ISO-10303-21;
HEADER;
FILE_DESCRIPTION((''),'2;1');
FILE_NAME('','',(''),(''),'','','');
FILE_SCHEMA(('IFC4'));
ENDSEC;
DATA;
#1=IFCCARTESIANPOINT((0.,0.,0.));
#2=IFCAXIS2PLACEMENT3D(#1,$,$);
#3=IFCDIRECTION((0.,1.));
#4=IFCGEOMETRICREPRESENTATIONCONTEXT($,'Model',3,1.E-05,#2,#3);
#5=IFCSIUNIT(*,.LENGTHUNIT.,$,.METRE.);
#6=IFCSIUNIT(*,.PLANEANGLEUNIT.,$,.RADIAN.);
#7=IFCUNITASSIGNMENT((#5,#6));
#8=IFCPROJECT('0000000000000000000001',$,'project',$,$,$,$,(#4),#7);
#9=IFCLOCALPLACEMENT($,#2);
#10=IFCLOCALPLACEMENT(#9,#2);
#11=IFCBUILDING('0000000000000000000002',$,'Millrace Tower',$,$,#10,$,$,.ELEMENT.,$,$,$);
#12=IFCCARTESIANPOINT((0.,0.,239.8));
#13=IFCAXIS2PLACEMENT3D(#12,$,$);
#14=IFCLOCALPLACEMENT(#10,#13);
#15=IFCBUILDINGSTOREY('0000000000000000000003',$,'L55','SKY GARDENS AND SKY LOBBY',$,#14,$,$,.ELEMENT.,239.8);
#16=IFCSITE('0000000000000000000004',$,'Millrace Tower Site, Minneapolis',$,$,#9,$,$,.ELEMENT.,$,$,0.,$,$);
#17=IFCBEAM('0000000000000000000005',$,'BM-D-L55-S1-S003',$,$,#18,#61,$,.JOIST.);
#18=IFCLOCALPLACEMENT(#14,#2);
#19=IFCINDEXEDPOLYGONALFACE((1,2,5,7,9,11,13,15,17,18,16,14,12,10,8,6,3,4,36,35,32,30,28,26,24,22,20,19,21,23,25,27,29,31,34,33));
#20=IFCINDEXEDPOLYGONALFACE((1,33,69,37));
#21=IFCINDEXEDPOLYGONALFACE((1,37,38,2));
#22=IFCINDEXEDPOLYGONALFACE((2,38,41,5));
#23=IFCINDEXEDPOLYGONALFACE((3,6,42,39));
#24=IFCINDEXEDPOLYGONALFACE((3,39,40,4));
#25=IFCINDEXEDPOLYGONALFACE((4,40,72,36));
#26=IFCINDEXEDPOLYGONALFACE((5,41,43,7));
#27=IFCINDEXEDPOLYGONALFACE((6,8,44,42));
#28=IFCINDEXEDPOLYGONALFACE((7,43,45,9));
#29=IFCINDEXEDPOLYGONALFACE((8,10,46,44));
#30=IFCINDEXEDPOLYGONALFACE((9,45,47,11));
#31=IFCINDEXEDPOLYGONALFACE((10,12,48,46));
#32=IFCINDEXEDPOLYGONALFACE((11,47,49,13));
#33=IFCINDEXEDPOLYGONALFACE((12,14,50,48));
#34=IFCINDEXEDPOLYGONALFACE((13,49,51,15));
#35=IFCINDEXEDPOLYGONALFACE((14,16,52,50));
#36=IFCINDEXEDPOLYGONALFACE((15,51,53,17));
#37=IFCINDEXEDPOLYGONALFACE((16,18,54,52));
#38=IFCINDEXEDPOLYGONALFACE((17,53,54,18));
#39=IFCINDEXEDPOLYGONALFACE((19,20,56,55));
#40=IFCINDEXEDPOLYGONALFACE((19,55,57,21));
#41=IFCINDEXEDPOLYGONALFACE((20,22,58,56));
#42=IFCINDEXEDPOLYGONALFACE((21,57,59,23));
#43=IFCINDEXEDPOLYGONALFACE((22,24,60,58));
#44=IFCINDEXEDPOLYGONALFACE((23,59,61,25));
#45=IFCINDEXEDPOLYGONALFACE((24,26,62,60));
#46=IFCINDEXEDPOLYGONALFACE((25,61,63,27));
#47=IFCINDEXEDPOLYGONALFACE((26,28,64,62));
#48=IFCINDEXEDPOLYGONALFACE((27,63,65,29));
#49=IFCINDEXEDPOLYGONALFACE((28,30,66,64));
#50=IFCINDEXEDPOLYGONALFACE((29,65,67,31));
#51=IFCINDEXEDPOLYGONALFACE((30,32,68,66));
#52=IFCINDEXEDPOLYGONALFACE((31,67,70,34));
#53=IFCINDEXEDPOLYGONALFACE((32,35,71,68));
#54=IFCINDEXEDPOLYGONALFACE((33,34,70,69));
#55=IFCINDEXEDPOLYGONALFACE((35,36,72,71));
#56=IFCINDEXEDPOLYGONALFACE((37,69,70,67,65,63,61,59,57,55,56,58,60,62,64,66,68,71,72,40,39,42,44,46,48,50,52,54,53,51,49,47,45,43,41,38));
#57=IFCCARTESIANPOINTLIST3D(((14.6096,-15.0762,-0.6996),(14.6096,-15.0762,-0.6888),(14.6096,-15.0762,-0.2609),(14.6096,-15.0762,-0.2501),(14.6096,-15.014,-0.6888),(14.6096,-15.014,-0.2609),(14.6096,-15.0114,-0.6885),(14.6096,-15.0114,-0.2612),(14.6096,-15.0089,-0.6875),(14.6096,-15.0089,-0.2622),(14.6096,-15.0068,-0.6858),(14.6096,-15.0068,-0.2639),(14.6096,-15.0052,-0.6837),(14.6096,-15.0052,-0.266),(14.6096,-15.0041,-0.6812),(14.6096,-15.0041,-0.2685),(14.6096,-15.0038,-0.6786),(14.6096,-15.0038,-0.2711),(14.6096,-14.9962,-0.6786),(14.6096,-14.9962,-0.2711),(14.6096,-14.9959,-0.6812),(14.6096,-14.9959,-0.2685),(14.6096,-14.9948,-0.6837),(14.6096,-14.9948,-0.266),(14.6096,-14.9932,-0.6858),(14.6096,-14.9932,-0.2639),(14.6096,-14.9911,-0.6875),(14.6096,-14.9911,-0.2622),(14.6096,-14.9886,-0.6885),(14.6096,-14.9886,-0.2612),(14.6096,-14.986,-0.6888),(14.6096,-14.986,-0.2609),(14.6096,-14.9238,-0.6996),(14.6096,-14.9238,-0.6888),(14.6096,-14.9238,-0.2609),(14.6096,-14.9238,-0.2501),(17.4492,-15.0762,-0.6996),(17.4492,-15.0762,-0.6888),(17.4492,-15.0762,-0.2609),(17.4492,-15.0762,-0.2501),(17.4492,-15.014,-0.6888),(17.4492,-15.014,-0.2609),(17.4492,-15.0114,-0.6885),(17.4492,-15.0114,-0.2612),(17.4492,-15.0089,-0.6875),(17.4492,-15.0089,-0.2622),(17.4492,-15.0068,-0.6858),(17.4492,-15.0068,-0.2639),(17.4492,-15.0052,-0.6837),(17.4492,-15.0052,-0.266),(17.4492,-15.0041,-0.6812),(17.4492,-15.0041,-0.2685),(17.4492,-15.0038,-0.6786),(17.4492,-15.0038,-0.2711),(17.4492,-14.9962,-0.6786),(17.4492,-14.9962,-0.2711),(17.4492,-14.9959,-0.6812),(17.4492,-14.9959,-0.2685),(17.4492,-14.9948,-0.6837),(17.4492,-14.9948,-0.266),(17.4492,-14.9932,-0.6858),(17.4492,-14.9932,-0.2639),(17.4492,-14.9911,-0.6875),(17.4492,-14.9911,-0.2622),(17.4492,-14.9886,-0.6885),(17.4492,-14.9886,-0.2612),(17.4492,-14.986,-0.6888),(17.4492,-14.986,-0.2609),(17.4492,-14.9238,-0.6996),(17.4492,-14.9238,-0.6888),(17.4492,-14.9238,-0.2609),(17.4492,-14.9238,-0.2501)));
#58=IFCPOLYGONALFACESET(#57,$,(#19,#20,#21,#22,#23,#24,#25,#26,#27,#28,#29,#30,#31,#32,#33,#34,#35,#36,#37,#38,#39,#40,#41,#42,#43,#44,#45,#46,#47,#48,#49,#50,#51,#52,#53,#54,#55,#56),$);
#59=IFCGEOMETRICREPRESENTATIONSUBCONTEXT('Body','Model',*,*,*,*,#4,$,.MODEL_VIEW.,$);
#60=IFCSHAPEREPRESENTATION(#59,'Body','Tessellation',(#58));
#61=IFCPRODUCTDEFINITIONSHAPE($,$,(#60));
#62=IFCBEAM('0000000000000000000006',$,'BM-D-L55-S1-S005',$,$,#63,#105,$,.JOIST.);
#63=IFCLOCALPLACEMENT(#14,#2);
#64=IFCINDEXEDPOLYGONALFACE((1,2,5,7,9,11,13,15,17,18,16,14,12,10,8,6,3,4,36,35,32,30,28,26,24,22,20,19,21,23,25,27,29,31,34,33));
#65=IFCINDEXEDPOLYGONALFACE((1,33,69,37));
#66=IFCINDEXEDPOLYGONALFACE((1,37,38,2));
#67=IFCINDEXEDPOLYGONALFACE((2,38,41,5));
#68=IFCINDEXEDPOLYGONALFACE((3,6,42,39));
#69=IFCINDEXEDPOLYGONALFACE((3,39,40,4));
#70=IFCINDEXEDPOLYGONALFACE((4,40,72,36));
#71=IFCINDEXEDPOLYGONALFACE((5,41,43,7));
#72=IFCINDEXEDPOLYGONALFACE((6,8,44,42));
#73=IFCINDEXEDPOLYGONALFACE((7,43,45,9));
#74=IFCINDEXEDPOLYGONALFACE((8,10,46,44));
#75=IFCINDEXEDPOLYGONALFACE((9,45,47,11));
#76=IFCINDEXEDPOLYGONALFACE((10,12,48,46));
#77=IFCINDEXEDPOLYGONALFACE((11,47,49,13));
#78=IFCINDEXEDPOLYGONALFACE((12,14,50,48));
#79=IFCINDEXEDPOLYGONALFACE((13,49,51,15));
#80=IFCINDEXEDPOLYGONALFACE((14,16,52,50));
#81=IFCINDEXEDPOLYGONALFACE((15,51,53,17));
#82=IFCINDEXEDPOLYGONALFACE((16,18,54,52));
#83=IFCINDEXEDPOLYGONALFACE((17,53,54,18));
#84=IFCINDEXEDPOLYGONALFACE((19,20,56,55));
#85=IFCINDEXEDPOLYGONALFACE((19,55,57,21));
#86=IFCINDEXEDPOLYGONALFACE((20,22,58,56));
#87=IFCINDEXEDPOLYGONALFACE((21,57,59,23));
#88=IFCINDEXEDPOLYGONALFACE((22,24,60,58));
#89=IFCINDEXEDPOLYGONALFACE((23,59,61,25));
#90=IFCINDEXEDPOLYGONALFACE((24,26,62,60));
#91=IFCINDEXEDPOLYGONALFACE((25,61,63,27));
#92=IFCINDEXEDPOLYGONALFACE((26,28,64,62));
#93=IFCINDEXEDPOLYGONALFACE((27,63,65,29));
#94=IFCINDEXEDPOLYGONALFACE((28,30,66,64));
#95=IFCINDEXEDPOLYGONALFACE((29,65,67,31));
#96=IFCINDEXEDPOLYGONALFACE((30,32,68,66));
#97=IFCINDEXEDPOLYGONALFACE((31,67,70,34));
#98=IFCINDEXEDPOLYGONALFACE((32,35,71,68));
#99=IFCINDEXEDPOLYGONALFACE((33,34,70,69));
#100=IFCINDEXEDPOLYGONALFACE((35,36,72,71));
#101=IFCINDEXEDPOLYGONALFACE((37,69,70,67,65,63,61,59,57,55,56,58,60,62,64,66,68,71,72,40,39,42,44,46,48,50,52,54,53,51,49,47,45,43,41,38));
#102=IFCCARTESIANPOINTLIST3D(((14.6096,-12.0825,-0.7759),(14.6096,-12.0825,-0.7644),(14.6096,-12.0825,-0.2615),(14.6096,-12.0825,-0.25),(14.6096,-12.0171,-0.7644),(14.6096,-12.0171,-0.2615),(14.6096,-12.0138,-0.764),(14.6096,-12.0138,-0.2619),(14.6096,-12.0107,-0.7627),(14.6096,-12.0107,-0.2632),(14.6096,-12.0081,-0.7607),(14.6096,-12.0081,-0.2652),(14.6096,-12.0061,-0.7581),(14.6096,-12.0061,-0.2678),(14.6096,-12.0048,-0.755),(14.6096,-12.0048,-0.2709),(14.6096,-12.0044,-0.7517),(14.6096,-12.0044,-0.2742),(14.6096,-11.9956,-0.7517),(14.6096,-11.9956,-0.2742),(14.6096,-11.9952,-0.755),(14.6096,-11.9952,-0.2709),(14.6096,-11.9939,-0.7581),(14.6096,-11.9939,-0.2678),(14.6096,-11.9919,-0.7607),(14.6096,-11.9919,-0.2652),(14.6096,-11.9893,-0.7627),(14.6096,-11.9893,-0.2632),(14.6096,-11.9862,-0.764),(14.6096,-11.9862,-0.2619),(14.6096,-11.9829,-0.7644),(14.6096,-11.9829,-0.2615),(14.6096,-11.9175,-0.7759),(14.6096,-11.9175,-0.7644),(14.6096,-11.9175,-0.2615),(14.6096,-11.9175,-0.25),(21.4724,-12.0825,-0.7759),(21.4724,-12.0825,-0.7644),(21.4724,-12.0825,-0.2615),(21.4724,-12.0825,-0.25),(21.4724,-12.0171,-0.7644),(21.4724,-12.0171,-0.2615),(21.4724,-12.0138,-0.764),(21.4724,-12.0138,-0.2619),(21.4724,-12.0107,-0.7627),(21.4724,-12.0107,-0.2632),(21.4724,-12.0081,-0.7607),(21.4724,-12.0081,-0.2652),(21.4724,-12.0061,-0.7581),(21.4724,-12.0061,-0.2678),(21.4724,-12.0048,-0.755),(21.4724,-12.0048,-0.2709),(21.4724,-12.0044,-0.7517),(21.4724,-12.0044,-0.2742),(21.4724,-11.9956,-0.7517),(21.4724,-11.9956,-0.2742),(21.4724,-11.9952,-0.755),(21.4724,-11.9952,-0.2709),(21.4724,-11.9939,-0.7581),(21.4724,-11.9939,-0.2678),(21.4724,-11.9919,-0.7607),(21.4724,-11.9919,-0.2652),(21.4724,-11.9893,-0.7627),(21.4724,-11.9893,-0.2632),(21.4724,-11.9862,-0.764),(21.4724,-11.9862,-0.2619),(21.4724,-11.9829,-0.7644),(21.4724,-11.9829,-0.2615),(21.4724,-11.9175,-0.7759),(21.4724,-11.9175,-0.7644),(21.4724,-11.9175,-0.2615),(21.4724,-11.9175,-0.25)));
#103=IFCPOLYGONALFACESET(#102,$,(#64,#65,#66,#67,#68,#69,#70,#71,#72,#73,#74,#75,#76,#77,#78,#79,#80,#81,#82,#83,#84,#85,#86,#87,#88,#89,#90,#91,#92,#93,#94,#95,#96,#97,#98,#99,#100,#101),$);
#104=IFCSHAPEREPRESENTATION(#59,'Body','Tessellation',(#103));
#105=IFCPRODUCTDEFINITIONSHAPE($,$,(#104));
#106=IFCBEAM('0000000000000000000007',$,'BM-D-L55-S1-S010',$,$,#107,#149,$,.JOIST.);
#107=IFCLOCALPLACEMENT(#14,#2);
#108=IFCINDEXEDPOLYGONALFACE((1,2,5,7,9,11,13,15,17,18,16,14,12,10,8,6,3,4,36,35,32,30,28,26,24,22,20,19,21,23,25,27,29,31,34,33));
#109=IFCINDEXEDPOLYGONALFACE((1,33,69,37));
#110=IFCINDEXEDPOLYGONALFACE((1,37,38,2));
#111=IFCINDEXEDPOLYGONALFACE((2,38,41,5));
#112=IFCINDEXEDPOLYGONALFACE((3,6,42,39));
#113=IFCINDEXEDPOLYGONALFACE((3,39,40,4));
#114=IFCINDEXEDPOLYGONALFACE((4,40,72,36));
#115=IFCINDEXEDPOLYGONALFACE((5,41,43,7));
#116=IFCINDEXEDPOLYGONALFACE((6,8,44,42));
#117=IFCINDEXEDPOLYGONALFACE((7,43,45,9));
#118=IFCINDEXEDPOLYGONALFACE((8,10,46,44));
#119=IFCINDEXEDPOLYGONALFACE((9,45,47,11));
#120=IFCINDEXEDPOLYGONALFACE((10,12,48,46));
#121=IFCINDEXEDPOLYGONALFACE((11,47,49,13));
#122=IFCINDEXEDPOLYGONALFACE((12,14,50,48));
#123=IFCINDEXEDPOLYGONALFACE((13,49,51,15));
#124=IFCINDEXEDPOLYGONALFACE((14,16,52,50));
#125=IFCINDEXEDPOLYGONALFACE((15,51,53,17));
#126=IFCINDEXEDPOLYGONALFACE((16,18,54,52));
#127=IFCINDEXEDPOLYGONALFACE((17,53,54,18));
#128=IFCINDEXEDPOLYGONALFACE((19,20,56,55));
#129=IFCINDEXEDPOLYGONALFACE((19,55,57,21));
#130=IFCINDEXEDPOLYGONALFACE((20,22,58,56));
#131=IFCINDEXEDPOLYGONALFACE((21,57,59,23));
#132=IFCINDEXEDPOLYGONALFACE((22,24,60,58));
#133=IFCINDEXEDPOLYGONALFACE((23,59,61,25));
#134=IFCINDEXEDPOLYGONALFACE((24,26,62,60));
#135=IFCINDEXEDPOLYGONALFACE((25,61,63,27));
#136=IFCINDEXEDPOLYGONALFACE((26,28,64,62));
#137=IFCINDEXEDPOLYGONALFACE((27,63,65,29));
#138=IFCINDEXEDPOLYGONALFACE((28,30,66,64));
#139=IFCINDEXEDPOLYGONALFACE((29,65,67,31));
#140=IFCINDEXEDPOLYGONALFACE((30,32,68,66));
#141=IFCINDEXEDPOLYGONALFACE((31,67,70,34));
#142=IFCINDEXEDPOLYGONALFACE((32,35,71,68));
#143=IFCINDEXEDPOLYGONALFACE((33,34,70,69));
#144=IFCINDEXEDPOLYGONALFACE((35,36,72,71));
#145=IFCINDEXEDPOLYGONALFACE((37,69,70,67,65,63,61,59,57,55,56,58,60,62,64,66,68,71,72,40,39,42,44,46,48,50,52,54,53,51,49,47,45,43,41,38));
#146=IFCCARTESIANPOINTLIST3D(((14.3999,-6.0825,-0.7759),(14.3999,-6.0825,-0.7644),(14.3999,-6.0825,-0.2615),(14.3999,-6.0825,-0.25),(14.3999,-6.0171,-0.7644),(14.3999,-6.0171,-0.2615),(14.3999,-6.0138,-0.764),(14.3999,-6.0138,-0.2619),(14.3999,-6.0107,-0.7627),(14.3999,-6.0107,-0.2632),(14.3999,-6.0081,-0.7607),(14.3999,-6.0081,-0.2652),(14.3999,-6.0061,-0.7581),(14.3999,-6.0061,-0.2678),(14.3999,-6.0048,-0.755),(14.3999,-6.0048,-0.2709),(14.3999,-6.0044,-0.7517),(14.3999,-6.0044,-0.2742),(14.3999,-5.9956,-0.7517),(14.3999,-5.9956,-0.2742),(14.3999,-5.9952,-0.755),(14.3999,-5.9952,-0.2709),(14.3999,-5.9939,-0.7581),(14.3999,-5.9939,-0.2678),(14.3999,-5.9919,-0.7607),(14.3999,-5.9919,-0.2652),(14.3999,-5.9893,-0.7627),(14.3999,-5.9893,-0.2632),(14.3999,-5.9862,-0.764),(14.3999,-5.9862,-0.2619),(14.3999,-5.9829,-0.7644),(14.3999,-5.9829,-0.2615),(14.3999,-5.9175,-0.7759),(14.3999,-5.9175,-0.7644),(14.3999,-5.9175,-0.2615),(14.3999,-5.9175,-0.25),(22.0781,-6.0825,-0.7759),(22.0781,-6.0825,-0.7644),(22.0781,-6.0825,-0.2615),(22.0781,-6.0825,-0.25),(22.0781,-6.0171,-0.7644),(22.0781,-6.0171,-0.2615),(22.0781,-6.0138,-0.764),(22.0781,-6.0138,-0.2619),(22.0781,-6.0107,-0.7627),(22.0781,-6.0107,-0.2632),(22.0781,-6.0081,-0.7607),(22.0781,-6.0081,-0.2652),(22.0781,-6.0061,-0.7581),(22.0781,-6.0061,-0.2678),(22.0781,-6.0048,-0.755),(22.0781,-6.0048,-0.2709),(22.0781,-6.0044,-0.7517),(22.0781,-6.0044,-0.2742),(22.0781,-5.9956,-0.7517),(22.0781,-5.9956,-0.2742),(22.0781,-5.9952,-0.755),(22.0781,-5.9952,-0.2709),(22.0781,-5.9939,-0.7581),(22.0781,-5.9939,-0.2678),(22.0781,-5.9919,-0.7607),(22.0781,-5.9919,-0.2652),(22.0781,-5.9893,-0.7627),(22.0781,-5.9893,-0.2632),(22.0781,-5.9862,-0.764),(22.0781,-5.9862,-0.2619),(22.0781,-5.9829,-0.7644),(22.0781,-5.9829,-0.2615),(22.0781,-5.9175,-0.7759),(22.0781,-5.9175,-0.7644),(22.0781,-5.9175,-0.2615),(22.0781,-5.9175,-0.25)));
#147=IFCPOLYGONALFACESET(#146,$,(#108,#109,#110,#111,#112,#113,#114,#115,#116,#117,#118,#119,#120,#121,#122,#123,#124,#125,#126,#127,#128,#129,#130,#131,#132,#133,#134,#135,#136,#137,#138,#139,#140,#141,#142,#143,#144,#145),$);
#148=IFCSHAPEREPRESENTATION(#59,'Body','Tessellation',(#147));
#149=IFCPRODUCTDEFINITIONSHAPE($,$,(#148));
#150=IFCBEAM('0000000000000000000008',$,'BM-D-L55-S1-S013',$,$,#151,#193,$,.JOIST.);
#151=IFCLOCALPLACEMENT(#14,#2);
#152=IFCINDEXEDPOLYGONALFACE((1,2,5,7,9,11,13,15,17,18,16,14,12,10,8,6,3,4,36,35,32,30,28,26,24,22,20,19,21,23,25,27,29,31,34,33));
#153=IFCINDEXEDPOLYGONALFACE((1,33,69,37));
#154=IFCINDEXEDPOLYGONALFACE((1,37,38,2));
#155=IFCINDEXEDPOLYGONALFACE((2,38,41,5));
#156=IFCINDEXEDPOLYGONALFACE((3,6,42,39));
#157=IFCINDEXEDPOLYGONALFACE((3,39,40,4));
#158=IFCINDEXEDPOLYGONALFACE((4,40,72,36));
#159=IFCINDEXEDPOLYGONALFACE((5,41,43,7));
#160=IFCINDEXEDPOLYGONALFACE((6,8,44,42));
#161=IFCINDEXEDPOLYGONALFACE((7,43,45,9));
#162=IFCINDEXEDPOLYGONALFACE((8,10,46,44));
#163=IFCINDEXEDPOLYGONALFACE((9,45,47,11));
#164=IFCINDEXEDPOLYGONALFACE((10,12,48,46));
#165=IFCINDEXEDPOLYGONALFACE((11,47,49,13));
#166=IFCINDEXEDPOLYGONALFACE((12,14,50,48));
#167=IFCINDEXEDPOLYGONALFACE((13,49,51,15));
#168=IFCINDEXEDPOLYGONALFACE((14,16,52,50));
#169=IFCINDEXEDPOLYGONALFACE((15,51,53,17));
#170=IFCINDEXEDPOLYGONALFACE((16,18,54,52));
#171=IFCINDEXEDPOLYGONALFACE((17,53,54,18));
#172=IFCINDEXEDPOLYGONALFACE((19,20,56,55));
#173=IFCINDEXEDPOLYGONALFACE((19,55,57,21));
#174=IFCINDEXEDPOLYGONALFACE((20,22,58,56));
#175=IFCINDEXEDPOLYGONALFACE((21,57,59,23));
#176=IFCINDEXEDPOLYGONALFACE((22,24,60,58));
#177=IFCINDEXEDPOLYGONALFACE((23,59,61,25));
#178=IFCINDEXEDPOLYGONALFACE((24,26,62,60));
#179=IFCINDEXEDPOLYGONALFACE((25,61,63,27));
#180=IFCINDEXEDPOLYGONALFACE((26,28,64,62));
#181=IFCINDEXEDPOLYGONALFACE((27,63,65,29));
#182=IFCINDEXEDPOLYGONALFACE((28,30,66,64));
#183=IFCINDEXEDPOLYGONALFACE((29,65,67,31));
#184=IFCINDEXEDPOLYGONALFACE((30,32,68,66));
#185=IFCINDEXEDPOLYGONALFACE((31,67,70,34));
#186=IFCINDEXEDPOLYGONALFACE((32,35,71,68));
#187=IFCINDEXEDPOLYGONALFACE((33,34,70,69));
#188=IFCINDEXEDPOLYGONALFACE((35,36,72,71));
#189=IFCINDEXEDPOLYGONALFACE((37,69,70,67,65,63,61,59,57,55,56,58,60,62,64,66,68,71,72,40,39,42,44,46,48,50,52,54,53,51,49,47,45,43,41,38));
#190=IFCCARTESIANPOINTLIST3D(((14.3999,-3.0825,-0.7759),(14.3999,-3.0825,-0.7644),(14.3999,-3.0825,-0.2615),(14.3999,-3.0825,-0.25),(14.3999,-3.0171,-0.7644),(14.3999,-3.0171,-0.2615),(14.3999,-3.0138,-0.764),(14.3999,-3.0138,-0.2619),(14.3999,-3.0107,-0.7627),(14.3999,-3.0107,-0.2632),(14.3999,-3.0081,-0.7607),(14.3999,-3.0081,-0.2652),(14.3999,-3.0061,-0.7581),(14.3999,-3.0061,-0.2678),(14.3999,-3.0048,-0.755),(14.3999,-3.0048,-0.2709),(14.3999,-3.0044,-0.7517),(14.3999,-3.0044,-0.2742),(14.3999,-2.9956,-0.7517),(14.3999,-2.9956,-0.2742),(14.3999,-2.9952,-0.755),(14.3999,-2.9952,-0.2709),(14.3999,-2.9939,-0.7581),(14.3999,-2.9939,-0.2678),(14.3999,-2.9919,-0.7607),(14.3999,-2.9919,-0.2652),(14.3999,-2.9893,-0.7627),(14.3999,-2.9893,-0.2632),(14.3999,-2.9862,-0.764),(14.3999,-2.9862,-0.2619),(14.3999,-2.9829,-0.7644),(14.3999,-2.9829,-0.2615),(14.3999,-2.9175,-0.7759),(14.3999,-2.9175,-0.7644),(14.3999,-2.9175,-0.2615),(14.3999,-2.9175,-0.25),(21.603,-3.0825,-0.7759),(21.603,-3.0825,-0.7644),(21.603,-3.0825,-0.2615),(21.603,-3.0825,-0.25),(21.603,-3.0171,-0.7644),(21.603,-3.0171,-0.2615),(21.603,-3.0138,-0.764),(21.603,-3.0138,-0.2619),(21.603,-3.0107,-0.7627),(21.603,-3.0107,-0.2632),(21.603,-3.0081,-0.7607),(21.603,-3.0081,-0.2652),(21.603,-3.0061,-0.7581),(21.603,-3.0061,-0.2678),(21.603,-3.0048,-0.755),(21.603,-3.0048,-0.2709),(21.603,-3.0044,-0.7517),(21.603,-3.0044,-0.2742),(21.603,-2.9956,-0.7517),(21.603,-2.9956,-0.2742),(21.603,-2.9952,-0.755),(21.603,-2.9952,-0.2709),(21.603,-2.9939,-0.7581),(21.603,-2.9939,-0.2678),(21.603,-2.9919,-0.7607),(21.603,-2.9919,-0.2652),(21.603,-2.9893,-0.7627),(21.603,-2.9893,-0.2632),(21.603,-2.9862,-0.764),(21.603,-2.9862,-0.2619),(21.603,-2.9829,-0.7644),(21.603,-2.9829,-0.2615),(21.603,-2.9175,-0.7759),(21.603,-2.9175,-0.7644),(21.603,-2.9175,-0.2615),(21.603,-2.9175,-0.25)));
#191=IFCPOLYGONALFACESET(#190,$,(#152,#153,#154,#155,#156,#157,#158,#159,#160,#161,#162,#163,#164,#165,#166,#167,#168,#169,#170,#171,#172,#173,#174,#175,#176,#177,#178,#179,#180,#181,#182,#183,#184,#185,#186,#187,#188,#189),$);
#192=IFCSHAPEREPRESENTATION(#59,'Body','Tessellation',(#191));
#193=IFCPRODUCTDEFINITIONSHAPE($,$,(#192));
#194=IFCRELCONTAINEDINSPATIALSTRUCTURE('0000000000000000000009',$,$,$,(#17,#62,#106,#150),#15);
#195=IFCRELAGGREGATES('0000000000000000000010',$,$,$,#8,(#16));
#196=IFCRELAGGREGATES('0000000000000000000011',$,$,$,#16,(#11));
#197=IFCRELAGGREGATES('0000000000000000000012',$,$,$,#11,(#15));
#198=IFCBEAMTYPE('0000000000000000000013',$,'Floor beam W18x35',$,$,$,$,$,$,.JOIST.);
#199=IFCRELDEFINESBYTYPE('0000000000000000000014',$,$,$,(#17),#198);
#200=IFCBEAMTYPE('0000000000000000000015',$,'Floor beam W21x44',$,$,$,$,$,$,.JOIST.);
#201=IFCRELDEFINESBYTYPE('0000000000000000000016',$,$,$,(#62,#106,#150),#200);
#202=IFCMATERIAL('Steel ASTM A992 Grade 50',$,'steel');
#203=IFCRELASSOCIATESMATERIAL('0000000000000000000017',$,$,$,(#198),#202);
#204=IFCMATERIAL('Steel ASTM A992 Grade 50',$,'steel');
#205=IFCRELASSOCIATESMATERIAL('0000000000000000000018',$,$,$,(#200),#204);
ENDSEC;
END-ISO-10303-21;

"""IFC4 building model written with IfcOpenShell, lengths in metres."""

from ifc_helpers import new_model, si_unit, direction, frame, origin, origin_2d, place, context, subcontext, project, spatial, i_section, extrude, material, material_profile, profile_set, type_object, element, save


model = new_model("IFC4")

# Units and contexts
model_context = context("Model", 3, precision=1e-05, world=origin(), true_north=direction((0.0, 1.0)))
body_context = subcontext(model_context, "Body", "Model", "MODEL_VIEW")
ifc_project = project(units=[si_unit("LENGTHUNIT", "METRE"), si_unit("PLANEANGLEUNIT", "RADIAN")], contexts=[model_context])

# Site, building, storey
site_placement = place(None, origin())
site = spatial("IfcSite", under=ifc_project, at=site_placement, Name="Millrace Tower Site, Minneapolis", CompositionType="ELEMENT", RefElevation=0.0)
building_placement = place(site_placement, origin())
building = spatial("IfcBuilding", under=site, at=building_placement, Name="Millrace Tower", CompositionType="ELEMENT")
storey_placement = place(building_placement, frame((0.0, 0.0, 239.8)))
storey = spatial("IfcBuildingStorey", under=building, at=storey_placement, Name="L55", Description="SKY GARDENS AND SKY LOBBY", CompositionType="ELEMENT", Elevation=239.8)

# Beams
ifc_material_1 = material(Name="Steel ASTM A992 Grade 50", Category="steel")
ifc_material_profile_1 = material_profile(ifc_material_1, i_section(OverallWidth=0.1523, OverallDepth=0.4495, WebThickness=0.0076, FlangeThickness=0.0107, FilletRadius=0.0103, at=origin_2d()))
ifc_profile_set_1 = profile_set([ifc_material_profile_1], Name="Steel ASTM A992 Grade 50")
beam_type_1 = type_object("IfcBeamType", Name="Floor beam W18x35", PredefinedType="JOIST", material=ifc_profile_set_1)
beam_1_placement = place(storey_placement, frame((14.6096, -15.0, -0.4749), z_axis=(1.0, 0.0, 0.0), x_axis=(0.0, 1.0, 0.0)))
element("IfcBeam", 1, at=beam_1_placement, inside=storey, type_object=beam_type_1, Name="BM-D-L55-S1-S003", PredefinedType="JOIST", context=body_context, shape_type="SweptSolid", body=[
    extrude(i_section(OverallWidth=0.1523, OverallDepth=0.4495, WebThickness=0.0076, FlangeThickness=0.0107, FilletRadius=0.0103, at=origin_2d()), origin(), (0.0, 0.0, 1.0), 2.8396),
])
ifc_material_2 = material(Name="Steel ASTM A992 Grade 50", Category="steel")
ifc_material_profile_2 = material_profile(ifc_material_2, i_section(OverallWidth=0.165, OverallDepth=0.5259, WebThickness=0.0088, FlangeThickness=0.0115, FilletRadius=0.0127, at=origin_2d()))
ifc_profile_set_2 = profile_set([ifc_material_profile_2], Name="Steel ASTM A992 Grade 50")
beam_type_2 = type_object("IfcBeamType", Name="Floor beam W21x44", PredefinedType="JOIST", material=ifc_profile_set_2)
beam_2_placement = place(storey_placement, frame((14.6096, -12.0, -0.5129), z_axis=(1.0, 0.0, 0.0), x_axis=(0.0, 1.0, 0.0)))
element("IfcBeam", 2, at=beam_2_placement, inside=storey, type_object=beam_type_2, Name="BM-D-L55-S1-S005", PredefinedType="JOIST", context=body_context, shape_type="SweptSolid", body=[
    extrude(i_section(OverallWidth=0.165, OverallDepth=0.5259, WebThickness=0.0088, FlangeThickness=0.0115, FilletRadius=0.0127, at=origin_2d()), origin(), (0.0, 0.0, 1.0), 6.8628),
])
beam_3_placement = place(storey_placement, frame((14.3999, -6.0, -0.5129), z_axis=(1.0, 0.0, 0.0), x_axis=(0.0, 1.0, 0.0)))
element("IfcBeam", 3, at=beam_3_placement, inside=storey, type_object=beam_type_2, Name="BM-D-L55-S1-S010", PredefinedType="JOIST", context=body_context, shape_type="SweptSolid", body=[
    extrude(i_section(OverallWidth=0.165, OverallDepth=0.5259, WebThickness=0.0088, FlangeThickness=0.0115, FilletRadius=0.0127, at=origin_2d()), origin(), (0.0, 0.0, 1.0), 7.6782),
])
beam_4_placement = place(storey_placement, frame((14.3999, -3.0, -0.5129), z_axis=(1.0, 0.0, 0.0), x_axis=(0.0, 1.0, 0.0)))
element("IfcBeam", 4, at=beam_4_placement, inside=storey, type_object=beam_type_2, Name="BM-D-L55-S1-S013", PredefinedType="JOIST", context=body_context, shape_type="SweptSolid", body=[
    extrude(i_section(OverallWidth=0.165, OverallDepth=0.5259, WebThickness=0.0088, FlangeThickness=0.0115, FilletRadius=0.0127, at=origin_2d()), origin(), (0.0, 0.0, 1.0), 7.2031),
])

save(model, "model.ifc")
